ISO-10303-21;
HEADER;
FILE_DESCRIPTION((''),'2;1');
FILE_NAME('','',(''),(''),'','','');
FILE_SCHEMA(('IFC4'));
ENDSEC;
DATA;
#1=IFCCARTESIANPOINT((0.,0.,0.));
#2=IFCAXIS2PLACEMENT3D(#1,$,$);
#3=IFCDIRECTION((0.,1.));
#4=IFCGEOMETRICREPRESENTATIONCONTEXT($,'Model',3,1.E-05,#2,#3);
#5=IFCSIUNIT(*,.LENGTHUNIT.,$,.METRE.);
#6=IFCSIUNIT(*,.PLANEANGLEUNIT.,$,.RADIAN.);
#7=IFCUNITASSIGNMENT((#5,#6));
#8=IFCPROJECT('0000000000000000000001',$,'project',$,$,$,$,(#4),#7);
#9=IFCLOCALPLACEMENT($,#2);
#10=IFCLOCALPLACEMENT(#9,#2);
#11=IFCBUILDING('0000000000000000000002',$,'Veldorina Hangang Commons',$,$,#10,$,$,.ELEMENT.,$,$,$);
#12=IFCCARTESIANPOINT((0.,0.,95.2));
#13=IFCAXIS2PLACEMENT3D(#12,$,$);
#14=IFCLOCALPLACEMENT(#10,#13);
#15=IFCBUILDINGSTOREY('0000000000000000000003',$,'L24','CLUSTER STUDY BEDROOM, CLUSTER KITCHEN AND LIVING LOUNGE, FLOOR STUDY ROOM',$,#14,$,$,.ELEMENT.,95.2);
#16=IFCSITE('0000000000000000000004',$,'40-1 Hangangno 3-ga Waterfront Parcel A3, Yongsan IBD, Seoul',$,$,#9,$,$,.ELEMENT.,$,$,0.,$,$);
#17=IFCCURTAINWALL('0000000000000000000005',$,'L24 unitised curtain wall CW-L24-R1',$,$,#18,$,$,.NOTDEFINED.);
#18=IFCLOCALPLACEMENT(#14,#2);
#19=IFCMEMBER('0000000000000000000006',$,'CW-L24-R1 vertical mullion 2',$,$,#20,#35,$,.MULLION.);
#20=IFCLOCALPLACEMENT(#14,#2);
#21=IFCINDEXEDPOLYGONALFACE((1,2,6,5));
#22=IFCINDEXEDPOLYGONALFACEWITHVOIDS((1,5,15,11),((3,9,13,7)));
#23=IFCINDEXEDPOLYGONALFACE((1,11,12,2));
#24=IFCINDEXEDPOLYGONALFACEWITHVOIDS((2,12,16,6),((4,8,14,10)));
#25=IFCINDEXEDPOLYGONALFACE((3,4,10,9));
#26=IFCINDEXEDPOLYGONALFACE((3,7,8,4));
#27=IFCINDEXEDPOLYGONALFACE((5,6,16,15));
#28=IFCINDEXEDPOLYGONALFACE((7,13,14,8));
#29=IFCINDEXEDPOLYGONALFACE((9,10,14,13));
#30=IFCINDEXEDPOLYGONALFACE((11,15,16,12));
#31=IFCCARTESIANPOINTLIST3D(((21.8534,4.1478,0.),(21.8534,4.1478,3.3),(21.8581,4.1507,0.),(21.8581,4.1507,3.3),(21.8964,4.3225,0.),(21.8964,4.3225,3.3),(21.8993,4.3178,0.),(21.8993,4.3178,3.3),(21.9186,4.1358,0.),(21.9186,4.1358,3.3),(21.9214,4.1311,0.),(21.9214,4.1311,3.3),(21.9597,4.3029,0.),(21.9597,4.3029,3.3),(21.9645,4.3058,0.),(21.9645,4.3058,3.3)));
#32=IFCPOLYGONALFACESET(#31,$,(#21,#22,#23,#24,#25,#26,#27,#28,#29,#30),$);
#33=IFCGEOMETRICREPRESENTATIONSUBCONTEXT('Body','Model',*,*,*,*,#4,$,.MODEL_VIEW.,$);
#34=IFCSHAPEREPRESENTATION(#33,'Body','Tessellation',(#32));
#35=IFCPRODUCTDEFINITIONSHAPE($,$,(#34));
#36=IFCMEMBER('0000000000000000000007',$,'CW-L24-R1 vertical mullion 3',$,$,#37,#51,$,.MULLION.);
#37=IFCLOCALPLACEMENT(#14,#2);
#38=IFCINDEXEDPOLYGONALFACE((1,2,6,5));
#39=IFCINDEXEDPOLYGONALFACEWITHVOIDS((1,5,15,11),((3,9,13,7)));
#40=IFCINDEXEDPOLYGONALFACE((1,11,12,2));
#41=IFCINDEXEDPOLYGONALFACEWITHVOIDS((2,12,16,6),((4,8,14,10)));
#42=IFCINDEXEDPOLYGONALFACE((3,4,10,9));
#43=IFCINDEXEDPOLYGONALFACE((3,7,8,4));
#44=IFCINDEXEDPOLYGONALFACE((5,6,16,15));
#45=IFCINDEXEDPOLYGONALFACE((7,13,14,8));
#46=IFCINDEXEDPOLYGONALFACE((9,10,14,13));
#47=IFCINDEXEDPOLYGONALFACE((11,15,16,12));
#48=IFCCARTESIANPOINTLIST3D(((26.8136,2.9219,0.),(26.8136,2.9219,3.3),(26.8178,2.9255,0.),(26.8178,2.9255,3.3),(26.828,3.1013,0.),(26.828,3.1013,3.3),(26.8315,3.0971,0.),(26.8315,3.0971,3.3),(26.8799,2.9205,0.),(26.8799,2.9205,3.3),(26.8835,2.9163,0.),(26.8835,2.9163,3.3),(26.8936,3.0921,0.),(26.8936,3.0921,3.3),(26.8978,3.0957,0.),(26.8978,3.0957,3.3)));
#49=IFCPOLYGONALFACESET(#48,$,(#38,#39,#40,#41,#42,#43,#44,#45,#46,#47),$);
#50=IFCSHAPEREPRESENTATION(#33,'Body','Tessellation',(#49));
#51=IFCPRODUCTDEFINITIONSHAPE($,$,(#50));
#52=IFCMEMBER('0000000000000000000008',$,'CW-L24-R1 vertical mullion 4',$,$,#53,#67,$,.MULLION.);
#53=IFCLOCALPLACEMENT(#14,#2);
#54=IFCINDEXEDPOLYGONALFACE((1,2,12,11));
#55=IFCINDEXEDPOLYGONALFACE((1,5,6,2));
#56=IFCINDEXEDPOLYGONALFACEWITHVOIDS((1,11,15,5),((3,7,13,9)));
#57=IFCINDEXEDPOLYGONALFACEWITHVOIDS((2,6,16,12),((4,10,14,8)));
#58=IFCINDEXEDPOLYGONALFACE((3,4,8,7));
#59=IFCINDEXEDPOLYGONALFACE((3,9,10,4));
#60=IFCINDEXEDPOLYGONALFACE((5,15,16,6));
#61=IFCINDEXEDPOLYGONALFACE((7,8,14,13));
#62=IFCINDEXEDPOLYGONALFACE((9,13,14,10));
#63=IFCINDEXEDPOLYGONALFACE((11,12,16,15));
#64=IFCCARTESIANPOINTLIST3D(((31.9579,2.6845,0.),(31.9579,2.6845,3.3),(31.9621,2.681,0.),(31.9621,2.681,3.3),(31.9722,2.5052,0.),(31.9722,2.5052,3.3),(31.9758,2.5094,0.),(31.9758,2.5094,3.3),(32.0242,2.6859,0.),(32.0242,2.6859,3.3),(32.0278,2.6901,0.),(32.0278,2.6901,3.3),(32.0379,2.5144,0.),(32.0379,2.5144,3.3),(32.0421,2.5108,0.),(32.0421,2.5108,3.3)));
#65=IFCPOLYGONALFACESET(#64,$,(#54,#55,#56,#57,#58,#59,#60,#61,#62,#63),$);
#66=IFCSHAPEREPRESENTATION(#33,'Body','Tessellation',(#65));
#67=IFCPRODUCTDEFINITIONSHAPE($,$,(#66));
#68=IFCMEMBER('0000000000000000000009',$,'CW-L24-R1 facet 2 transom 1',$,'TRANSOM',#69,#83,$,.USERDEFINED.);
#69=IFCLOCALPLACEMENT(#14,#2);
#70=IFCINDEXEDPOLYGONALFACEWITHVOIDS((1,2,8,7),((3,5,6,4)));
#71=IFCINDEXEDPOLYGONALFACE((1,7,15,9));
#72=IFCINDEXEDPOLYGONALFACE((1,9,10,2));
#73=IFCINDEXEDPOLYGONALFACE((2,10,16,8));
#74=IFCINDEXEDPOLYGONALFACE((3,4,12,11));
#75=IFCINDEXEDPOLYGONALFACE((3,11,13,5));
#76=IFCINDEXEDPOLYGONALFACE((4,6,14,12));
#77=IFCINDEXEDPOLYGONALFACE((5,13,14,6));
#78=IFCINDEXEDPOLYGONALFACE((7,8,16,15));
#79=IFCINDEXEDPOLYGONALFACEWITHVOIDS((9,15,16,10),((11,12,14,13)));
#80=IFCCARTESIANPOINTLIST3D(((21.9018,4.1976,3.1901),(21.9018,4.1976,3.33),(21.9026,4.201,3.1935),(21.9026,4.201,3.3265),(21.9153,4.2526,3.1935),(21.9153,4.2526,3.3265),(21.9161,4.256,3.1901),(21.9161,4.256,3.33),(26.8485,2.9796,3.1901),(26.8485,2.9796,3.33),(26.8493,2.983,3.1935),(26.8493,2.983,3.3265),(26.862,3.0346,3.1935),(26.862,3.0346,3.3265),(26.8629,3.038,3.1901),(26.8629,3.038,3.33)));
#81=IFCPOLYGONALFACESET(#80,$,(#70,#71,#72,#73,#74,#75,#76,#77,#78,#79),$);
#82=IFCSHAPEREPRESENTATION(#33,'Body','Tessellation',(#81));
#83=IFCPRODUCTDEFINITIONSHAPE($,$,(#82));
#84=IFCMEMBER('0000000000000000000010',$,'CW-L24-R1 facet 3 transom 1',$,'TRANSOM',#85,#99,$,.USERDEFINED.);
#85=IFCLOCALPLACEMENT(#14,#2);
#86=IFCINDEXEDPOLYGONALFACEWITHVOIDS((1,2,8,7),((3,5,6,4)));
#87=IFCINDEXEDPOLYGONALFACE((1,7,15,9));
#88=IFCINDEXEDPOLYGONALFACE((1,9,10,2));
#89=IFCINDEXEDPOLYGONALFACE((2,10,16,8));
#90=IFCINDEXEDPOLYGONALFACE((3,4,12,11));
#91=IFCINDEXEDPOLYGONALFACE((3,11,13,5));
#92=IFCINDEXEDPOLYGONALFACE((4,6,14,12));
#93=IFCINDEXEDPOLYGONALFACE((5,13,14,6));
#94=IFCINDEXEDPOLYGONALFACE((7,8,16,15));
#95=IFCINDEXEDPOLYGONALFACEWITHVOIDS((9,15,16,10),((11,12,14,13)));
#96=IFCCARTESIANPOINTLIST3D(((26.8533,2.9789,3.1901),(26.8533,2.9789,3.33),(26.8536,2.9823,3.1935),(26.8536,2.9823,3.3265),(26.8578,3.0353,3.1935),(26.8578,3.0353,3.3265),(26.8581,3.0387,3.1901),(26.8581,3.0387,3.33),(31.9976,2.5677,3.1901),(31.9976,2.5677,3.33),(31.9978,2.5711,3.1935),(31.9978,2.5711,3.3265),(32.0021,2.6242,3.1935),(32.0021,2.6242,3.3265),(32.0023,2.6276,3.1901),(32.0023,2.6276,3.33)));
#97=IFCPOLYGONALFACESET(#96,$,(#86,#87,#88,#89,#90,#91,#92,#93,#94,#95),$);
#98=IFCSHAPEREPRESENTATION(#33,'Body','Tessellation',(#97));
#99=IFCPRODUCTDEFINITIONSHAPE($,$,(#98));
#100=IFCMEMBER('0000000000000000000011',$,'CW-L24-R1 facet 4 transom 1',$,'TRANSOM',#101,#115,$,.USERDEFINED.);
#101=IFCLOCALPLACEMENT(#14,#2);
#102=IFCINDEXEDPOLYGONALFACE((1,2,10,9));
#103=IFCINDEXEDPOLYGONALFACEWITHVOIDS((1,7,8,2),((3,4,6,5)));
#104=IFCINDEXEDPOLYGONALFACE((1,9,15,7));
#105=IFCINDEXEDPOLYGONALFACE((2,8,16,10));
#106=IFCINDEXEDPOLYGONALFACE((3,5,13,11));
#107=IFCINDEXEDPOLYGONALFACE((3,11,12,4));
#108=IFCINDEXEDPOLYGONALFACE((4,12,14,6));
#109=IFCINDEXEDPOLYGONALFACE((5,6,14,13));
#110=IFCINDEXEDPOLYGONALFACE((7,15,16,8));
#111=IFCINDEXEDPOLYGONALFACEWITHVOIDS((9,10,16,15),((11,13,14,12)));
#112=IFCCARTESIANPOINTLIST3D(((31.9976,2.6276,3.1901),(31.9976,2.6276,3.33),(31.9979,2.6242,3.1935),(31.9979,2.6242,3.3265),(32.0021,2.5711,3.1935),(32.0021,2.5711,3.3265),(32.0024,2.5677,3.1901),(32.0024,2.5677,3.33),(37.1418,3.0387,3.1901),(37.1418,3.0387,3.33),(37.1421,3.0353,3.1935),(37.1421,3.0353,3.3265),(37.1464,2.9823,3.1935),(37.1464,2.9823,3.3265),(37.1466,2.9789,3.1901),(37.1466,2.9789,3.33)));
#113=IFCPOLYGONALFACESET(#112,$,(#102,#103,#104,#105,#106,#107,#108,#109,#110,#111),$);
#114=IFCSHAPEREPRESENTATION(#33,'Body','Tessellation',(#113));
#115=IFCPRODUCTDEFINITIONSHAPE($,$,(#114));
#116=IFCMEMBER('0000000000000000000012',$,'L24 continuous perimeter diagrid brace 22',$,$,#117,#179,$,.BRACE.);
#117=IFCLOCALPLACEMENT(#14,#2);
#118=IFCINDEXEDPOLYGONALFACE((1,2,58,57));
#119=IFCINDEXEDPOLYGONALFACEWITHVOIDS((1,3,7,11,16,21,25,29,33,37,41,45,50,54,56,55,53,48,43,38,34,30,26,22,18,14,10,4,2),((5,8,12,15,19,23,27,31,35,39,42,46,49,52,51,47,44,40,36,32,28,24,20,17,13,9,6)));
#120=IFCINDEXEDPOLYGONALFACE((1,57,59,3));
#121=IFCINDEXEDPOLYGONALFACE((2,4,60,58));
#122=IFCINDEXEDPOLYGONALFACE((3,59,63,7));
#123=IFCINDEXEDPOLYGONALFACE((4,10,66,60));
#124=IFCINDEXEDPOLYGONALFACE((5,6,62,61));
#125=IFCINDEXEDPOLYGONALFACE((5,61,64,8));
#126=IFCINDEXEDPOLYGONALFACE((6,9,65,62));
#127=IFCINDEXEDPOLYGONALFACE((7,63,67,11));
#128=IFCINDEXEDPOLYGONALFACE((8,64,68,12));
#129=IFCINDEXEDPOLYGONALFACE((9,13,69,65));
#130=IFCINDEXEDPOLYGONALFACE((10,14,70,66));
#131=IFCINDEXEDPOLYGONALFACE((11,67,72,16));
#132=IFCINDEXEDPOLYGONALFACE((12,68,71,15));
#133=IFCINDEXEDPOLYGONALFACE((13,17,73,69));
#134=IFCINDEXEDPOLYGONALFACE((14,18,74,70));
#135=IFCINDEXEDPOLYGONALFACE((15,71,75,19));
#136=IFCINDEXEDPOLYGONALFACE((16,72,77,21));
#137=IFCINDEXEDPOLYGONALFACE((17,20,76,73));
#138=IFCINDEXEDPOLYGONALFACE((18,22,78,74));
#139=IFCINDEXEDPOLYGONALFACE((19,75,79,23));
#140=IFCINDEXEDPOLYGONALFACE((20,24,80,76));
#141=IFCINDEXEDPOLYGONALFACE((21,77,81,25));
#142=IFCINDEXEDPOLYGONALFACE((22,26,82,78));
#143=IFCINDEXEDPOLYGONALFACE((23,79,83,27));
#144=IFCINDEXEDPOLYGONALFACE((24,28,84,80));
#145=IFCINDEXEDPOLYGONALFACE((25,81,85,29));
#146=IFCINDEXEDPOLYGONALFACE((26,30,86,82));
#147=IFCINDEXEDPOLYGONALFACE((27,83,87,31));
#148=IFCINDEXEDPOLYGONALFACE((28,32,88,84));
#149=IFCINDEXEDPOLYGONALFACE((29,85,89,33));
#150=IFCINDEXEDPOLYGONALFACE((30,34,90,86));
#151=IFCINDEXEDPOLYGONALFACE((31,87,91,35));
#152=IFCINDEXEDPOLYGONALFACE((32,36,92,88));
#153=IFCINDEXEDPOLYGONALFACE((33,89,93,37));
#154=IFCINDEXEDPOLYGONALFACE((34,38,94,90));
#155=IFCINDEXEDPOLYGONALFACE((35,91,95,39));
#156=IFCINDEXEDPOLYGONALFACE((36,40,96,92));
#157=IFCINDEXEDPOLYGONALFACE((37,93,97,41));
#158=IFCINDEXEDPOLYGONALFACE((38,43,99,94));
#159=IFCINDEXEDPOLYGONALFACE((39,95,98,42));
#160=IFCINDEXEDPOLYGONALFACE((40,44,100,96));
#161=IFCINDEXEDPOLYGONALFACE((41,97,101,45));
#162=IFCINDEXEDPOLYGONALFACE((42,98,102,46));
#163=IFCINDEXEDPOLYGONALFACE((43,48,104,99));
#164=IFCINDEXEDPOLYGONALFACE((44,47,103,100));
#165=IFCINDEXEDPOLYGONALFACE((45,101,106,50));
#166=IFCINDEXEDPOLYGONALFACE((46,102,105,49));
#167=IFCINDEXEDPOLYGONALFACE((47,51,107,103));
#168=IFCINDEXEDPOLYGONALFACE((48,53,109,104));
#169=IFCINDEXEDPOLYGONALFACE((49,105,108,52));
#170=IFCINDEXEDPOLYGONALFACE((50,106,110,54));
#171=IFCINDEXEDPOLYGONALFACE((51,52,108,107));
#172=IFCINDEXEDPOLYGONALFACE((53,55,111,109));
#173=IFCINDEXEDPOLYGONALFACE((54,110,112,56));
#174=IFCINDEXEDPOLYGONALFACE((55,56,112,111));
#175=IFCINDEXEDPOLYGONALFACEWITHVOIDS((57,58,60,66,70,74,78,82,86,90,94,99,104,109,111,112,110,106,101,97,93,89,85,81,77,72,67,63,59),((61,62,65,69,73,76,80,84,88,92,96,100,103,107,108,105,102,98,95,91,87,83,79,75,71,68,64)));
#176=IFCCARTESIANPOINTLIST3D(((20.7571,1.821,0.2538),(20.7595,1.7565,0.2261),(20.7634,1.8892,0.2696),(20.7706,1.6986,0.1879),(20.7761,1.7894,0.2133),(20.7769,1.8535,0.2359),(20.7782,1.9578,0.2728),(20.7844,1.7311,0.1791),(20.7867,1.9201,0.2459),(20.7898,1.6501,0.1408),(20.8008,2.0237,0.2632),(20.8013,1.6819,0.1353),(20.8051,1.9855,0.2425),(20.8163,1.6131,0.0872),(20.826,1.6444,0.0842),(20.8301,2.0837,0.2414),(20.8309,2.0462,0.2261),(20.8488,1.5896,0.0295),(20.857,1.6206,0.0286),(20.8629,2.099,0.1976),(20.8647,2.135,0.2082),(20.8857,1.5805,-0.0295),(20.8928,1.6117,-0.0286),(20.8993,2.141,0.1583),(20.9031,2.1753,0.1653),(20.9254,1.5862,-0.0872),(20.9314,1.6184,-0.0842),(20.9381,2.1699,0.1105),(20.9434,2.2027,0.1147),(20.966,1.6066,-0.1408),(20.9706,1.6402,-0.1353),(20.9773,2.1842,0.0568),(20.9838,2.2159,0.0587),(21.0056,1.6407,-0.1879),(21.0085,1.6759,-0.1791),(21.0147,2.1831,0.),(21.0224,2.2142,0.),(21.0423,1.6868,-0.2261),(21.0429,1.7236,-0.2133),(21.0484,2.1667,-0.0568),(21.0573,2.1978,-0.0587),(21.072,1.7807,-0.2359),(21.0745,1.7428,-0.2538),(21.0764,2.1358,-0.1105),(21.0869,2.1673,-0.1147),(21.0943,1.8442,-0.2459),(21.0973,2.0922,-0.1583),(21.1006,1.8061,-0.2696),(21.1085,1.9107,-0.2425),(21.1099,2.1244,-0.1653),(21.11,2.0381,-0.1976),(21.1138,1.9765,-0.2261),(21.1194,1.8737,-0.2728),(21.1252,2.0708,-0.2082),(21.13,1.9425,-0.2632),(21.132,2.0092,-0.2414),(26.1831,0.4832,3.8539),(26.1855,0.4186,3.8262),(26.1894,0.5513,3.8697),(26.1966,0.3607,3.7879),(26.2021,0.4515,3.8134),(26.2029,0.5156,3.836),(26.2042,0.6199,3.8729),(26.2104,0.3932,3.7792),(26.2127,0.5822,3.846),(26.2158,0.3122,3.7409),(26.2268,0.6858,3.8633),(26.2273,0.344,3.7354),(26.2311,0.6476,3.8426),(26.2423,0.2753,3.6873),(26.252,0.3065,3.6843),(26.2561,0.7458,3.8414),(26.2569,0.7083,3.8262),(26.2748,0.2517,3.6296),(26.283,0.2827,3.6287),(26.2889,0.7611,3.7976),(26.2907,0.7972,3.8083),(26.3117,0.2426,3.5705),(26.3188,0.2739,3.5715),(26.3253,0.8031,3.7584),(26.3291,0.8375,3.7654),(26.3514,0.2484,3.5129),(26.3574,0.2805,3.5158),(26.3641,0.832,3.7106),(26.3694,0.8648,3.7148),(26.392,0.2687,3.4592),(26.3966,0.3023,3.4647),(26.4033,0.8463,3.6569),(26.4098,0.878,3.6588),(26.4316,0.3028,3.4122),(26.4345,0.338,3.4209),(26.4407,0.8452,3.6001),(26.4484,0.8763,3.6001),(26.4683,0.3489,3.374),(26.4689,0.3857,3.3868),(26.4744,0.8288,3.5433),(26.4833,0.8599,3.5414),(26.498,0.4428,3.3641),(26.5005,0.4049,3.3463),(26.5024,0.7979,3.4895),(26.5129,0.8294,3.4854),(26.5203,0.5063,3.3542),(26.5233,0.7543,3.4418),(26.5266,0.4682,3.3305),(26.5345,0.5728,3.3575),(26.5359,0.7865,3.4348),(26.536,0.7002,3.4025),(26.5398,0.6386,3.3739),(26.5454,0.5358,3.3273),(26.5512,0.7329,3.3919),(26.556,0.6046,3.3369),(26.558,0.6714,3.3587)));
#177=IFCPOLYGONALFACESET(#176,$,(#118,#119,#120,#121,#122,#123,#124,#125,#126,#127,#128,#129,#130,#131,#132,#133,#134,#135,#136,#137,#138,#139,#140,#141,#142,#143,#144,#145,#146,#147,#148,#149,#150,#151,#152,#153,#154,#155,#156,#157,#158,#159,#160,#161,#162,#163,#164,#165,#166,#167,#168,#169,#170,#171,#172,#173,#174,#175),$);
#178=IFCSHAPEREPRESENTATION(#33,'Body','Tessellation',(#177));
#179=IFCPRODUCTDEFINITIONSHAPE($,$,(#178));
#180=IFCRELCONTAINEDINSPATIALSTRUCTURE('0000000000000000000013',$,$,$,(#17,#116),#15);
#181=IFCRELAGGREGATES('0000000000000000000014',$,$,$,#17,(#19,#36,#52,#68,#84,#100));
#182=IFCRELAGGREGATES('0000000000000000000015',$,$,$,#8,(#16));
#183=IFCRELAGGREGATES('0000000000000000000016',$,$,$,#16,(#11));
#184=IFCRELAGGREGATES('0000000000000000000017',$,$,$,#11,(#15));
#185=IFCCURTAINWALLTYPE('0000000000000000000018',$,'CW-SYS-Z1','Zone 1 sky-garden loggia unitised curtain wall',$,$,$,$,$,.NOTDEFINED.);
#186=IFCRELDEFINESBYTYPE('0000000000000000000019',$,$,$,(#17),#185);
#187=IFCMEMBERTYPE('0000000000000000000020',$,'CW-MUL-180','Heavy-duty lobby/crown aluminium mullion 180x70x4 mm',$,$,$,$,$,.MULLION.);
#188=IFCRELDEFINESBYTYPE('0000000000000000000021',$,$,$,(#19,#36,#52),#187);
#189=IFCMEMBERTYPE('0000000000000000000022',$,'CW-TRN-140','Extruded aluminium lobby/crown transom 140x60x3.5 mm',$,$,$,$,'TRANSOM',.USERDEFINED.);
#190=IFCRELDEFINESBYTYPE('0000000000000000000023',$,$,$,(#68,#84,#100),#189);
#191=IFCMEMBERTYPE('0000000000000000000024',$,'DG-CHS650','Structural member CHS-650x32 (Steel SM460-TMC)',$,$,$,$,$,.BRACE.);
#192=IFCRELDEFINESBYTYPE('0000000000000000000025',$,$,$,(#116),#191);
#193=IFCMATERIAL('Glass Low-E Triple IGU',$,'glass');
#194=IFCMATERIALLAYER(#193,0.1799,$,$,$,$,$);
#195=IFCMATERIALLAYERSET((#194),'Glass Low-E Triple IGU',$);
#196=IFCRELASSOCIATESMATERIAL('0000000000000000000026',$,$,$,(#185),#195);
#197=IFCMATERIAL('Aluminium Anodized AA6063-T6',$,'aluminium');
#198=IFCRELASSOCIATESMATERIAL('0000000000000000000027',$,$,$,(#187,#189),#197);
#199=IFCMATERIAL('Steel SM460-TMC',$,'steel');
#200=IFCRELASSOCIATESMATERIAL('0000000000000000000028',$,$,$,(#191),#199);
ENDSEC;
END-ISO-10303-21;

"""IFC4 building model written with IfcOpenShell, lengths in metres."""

from ifc_helpers import new_model, si_unit, direction, frame, origin, origin_2d, place, context, subcontext, project, spatial, hollow_rectangle, hollow_circle, extrude, material, layer, layer_set, material_profile, profile_set, type_object, element, aggregate, save


model = new_model("IFC4")

# Units and contexts
model_context = context("Model", 3, precision=1e-05, world=origin(), true_north=direction((0.0, 1.0)))
body_context = subcontext(model_context, "Body", "Model", "MODEL_VIEW")
ifc_project = project(units=[si_unit("LENGTHUNIT", "METRE"), si_unit("PLANEANGLEUNIT", "RADIAN")], contexts=[model_context])

# Site, building, storey
site_placement = place(None, origin())
site = spatial("IfcSite", under=ifc_project, at=site_placement, Name="40-1 Hangangno 3-ga Waterfront Parcel A3, Yongsan IBD, Seoul", CompositionType="ELEMENT", RefElevation=0.0)
building_placement = place(site_placement, origin())
building = spatial("IfcBuilding", under=site, at=building_placement, Name="Veldorina Hangang Commons", CompositionType="ELEMENT")
storey_placement = place(building_placement, frame((0.0, 0.0, 95.2)))
storey = spatial("IfcBuildingStorey", under=building, at=storey_placement, Name="L24", Description="CLUSTER STUDY BEDROOM, CLUSTER KITCHEN AND LIVING LOUNGE, FLOOR STUDY ROOM", CompositionType="ELEMENT", Elevation=95.2)

# Curtain wall, members
ifc_material_1 = material(Name="Glass Low-E Triple IGU", Category="glass")
ifc_layer_1 = layer(ifc_material_1, 0.1799)
ifc_layer_set_1 = layer_set([ifc_layer_1], Name="Glass Low-E Triple IGU")
curtain_wall_type = type_object("IfcCurtainWallType", Name="CW-SYS-Z1", Description="Zone 1 sky-garden loggia unitised curtain wall", PredefinedType="NOTDEFINED", material=ifc_layer_set_1)
curtain_wall_placement = place(storey_placement, origin())
curtain_wall = element("IfcCurtainWall", 1, at=curtain_wall_placement, inside=storey, type_object=curtain_wall_type, Name="L24 unitised curtain wall CW-L24-R1", PredefinedType="NOTDEFINED")
ifc_material_2 = material(Name="Aluminium Anodized AA6063-T6", Category="aluminium")
ifc_material_profile_1 = material_profile(ifc_material_2, hollow_rectangle(XDim=0.0701, YDim=0.1799, WallThickness=0.0039, at=origin_2d()), Name="ALU-RHS-180x70x4")
ifc_profile_set_1 = profile_set([ifc_material_profile_1], Name="Aluminium Anodized AA6063-T6")
member_type_1 = type_object("IfcMemberType", Name="CW-MUL-180", Description="Heavy-duty lobby/crown aluminium mullion 180x70x4 mm", PredefinedType="MULLION", material=ifc_profile_set_1)
member_1_placement = place(storey_placement, frame((21.9089, 4.2268, 0.0), z_axis=(0.0, 0.0, 1.0), x_axis=(0.970997, -0.239093, 0.0)))
member_1 = element("IfcMember", 2, at=member_1_placement, type_object=member_type_1, Name="CW-L24-R1 vertical mullion 2", PredefinedType="MULLION", context=body_context, shape_type="SweptSolid", body=[
    extrude(hollow_rectangle(XDim=0.0701, YDim=0.1799, WallThickness=0.0039, at=origin_2d()), origin(), (0.0, 0.0, 1.0), 3.3),
])
member_2_placement = place(storey_placement, frame((26.8557, 3.0088, 0.0), z_axis=(0.0, 0.0, 1.0), x_axis=(0.996821, -0.079677, 0.0)))
member_2 = element("IfcMember", 3, at=member_2_placement, type_object=member_type_1, Name="CW-L24-R1 vertical mullion 3", PredefinedType="MULLION", context=body_context, shape_type="SweptSolid", body=[
    extrude(hollow_rectangle(XDim=0.0701, YDim=0.1799, WallThickness=0.0039, at=origin_2d()), origin(), (0.0, 0.0, 1.0), 3.3),
])
member_3_placement = place(storey_placement, frame((32.0, 2.5977, 0.0), z_axis=(0.0, 0.0, 1.0), x_axis=(0.996821, 0.079677, 0.0)))
member_3 = element("IfcMember", 4, at=member_3_placement, type_object=member_type_1, Name="CW-L24-R1 vertical mullion 4", PredefinedType="MULLION", context=body_context, shape_type="SweptSolid", body=[
    extrude(hollow_rectangle(XDim=0.0701, YDim=0.1799, WallThickness=0.0039, at=origin_2d()), origin(), (0.0, 0.0, 1.0), 3.3),
])
ifc_material_profile_2 = material_profile(ifc_material_2, hollow_rectangle(XDim=0.0601, YDim=0.1399, WallThickness=0.0034, at=origin_2d()), Name="ALU-RHS-140x60x3.5")
ifc_profile_set_2 = profile_set([ifc_material_profile_2], Name="Aluminium Anodized AA6063-T6")
member_type_2 = type_object("IfcMemberType", Name="CW-TRN-140", Description="Extruded aluminium lobby/crown transom 140x60x3.5 mm", ElementType="TRANSOM", PredefinedType="USERDEFINED", material=ifc_profile_set_2)
member_4_placement = place(storey_placement, frame((21.9089, 4.2268, 3.26), z_axis=(0.970999, -0.239084, 0.0), x_axis=(0.239084, 0.970999, 0.0)))
member_4 = element("IfcMember", 5, at=member_4_placement, type_object=member_type_2, Name="CW-L24-R1 facet 2 transom 1", ObjectType="TRANSOM", PredefinedType="USERDEFINED", context=body_context, shape_type="SweptSolid", body=[
    extrude(hollow_rectangle(XDim=0.0601, YDim=0.1399, WallThickness=0.0034, at=origin_2d()), origin(), (0.0, 0.0, 1.0), 5.0945),
])
member_5_placement = place(storey_placement, frame((26.8557, 3.0088, 3.26), z_axis=(0.996822, -0.079666, 0.0), x_axis=(0.079666, 0.996822, 0.0)))
member_5 = element("IfcMember", 6, at=member_5_placement, type_object=member_type_2, Name="CW-L24-R1 facet 3 transom 1", ObjectType="TRANSOM", PredefinedType="USERDEFINED", context=body_context, shape_type="SweptSolid", body=[
    extrude(hollow_rectangle(XDim=0.0601, YDim=0.1399, WallThickness=0.0034, at=origin_2d()), origin(), (0.0, 0.0, 1.0), 5.1606),
])
member_6_placement = place(storey_placement, frame((32.0, 2.5977, 3.26), z_axis=(0.996822, 0.079666, 0.0), x_axis=(-0.079666, 0.996822, 0.0)))
member_6 = element("IfcMember", 7, at=member_6_placement, type_object=member_type_2, Name="CW-L24-R1 facet 4 transom 1", ObjectType="TRANSOM", PredefinedType="USERDEFINED", context=body_context, shape_type="SweptSolid", body=[
    extrude(hollow_rectangle(XDim=0.0601, YDim=0.1399, WallThickness=0.0034, at=origin_2d()), origin(), (0.0, 0.0, 1.0), 5.1606),
])

# Member
ifc_material_3 = material(Name="Steel SM460-TMC", Category="steel")
ifc_material_profile_3 = material_profile(ifc_material_3, hollow_circle(Radius=0.325, WallThickness=0.032, at=origin_2d()), Name="CHS-650x32")
ifc_profile_set_3 = profile_set([ifc_material_profile_3], Name="Steel SM460-TMC")
member_type_3 = type_object("IfcMemberType", Name="DG-CHS650", Description="Structural member CHS-650x32 (Steel SM460-TMC)", PredefinedType="BRACE", material=ifc_profile_set_3)
member_7_placement = place(storey_placement, frame((20.9446, 1.8987, 0.0), z_axis=(0.816221, -0.201255, 0.541552), x_axis=(0.239399, 0.970921, 0.0)))
element("IfcMember", 8, at=member_7_placement, inside=storey, type_object=member_type_3, Name="L24 continuous perimeter diagrid brace 22", PredefinedType="BRACE", context=body_context, shape_type="SweptSolid", body=[
    extrude(hollow_circle(Radius=0.325, WallThickness=0.032, at=origin_2d()), origin(), (0.0, 0.0, 1.0), 6.6477),
])

aggregate(curtain_wall, [member_1, member_2, member_3, member_4, member_5, member_6])

save(model, "model.ifc")
